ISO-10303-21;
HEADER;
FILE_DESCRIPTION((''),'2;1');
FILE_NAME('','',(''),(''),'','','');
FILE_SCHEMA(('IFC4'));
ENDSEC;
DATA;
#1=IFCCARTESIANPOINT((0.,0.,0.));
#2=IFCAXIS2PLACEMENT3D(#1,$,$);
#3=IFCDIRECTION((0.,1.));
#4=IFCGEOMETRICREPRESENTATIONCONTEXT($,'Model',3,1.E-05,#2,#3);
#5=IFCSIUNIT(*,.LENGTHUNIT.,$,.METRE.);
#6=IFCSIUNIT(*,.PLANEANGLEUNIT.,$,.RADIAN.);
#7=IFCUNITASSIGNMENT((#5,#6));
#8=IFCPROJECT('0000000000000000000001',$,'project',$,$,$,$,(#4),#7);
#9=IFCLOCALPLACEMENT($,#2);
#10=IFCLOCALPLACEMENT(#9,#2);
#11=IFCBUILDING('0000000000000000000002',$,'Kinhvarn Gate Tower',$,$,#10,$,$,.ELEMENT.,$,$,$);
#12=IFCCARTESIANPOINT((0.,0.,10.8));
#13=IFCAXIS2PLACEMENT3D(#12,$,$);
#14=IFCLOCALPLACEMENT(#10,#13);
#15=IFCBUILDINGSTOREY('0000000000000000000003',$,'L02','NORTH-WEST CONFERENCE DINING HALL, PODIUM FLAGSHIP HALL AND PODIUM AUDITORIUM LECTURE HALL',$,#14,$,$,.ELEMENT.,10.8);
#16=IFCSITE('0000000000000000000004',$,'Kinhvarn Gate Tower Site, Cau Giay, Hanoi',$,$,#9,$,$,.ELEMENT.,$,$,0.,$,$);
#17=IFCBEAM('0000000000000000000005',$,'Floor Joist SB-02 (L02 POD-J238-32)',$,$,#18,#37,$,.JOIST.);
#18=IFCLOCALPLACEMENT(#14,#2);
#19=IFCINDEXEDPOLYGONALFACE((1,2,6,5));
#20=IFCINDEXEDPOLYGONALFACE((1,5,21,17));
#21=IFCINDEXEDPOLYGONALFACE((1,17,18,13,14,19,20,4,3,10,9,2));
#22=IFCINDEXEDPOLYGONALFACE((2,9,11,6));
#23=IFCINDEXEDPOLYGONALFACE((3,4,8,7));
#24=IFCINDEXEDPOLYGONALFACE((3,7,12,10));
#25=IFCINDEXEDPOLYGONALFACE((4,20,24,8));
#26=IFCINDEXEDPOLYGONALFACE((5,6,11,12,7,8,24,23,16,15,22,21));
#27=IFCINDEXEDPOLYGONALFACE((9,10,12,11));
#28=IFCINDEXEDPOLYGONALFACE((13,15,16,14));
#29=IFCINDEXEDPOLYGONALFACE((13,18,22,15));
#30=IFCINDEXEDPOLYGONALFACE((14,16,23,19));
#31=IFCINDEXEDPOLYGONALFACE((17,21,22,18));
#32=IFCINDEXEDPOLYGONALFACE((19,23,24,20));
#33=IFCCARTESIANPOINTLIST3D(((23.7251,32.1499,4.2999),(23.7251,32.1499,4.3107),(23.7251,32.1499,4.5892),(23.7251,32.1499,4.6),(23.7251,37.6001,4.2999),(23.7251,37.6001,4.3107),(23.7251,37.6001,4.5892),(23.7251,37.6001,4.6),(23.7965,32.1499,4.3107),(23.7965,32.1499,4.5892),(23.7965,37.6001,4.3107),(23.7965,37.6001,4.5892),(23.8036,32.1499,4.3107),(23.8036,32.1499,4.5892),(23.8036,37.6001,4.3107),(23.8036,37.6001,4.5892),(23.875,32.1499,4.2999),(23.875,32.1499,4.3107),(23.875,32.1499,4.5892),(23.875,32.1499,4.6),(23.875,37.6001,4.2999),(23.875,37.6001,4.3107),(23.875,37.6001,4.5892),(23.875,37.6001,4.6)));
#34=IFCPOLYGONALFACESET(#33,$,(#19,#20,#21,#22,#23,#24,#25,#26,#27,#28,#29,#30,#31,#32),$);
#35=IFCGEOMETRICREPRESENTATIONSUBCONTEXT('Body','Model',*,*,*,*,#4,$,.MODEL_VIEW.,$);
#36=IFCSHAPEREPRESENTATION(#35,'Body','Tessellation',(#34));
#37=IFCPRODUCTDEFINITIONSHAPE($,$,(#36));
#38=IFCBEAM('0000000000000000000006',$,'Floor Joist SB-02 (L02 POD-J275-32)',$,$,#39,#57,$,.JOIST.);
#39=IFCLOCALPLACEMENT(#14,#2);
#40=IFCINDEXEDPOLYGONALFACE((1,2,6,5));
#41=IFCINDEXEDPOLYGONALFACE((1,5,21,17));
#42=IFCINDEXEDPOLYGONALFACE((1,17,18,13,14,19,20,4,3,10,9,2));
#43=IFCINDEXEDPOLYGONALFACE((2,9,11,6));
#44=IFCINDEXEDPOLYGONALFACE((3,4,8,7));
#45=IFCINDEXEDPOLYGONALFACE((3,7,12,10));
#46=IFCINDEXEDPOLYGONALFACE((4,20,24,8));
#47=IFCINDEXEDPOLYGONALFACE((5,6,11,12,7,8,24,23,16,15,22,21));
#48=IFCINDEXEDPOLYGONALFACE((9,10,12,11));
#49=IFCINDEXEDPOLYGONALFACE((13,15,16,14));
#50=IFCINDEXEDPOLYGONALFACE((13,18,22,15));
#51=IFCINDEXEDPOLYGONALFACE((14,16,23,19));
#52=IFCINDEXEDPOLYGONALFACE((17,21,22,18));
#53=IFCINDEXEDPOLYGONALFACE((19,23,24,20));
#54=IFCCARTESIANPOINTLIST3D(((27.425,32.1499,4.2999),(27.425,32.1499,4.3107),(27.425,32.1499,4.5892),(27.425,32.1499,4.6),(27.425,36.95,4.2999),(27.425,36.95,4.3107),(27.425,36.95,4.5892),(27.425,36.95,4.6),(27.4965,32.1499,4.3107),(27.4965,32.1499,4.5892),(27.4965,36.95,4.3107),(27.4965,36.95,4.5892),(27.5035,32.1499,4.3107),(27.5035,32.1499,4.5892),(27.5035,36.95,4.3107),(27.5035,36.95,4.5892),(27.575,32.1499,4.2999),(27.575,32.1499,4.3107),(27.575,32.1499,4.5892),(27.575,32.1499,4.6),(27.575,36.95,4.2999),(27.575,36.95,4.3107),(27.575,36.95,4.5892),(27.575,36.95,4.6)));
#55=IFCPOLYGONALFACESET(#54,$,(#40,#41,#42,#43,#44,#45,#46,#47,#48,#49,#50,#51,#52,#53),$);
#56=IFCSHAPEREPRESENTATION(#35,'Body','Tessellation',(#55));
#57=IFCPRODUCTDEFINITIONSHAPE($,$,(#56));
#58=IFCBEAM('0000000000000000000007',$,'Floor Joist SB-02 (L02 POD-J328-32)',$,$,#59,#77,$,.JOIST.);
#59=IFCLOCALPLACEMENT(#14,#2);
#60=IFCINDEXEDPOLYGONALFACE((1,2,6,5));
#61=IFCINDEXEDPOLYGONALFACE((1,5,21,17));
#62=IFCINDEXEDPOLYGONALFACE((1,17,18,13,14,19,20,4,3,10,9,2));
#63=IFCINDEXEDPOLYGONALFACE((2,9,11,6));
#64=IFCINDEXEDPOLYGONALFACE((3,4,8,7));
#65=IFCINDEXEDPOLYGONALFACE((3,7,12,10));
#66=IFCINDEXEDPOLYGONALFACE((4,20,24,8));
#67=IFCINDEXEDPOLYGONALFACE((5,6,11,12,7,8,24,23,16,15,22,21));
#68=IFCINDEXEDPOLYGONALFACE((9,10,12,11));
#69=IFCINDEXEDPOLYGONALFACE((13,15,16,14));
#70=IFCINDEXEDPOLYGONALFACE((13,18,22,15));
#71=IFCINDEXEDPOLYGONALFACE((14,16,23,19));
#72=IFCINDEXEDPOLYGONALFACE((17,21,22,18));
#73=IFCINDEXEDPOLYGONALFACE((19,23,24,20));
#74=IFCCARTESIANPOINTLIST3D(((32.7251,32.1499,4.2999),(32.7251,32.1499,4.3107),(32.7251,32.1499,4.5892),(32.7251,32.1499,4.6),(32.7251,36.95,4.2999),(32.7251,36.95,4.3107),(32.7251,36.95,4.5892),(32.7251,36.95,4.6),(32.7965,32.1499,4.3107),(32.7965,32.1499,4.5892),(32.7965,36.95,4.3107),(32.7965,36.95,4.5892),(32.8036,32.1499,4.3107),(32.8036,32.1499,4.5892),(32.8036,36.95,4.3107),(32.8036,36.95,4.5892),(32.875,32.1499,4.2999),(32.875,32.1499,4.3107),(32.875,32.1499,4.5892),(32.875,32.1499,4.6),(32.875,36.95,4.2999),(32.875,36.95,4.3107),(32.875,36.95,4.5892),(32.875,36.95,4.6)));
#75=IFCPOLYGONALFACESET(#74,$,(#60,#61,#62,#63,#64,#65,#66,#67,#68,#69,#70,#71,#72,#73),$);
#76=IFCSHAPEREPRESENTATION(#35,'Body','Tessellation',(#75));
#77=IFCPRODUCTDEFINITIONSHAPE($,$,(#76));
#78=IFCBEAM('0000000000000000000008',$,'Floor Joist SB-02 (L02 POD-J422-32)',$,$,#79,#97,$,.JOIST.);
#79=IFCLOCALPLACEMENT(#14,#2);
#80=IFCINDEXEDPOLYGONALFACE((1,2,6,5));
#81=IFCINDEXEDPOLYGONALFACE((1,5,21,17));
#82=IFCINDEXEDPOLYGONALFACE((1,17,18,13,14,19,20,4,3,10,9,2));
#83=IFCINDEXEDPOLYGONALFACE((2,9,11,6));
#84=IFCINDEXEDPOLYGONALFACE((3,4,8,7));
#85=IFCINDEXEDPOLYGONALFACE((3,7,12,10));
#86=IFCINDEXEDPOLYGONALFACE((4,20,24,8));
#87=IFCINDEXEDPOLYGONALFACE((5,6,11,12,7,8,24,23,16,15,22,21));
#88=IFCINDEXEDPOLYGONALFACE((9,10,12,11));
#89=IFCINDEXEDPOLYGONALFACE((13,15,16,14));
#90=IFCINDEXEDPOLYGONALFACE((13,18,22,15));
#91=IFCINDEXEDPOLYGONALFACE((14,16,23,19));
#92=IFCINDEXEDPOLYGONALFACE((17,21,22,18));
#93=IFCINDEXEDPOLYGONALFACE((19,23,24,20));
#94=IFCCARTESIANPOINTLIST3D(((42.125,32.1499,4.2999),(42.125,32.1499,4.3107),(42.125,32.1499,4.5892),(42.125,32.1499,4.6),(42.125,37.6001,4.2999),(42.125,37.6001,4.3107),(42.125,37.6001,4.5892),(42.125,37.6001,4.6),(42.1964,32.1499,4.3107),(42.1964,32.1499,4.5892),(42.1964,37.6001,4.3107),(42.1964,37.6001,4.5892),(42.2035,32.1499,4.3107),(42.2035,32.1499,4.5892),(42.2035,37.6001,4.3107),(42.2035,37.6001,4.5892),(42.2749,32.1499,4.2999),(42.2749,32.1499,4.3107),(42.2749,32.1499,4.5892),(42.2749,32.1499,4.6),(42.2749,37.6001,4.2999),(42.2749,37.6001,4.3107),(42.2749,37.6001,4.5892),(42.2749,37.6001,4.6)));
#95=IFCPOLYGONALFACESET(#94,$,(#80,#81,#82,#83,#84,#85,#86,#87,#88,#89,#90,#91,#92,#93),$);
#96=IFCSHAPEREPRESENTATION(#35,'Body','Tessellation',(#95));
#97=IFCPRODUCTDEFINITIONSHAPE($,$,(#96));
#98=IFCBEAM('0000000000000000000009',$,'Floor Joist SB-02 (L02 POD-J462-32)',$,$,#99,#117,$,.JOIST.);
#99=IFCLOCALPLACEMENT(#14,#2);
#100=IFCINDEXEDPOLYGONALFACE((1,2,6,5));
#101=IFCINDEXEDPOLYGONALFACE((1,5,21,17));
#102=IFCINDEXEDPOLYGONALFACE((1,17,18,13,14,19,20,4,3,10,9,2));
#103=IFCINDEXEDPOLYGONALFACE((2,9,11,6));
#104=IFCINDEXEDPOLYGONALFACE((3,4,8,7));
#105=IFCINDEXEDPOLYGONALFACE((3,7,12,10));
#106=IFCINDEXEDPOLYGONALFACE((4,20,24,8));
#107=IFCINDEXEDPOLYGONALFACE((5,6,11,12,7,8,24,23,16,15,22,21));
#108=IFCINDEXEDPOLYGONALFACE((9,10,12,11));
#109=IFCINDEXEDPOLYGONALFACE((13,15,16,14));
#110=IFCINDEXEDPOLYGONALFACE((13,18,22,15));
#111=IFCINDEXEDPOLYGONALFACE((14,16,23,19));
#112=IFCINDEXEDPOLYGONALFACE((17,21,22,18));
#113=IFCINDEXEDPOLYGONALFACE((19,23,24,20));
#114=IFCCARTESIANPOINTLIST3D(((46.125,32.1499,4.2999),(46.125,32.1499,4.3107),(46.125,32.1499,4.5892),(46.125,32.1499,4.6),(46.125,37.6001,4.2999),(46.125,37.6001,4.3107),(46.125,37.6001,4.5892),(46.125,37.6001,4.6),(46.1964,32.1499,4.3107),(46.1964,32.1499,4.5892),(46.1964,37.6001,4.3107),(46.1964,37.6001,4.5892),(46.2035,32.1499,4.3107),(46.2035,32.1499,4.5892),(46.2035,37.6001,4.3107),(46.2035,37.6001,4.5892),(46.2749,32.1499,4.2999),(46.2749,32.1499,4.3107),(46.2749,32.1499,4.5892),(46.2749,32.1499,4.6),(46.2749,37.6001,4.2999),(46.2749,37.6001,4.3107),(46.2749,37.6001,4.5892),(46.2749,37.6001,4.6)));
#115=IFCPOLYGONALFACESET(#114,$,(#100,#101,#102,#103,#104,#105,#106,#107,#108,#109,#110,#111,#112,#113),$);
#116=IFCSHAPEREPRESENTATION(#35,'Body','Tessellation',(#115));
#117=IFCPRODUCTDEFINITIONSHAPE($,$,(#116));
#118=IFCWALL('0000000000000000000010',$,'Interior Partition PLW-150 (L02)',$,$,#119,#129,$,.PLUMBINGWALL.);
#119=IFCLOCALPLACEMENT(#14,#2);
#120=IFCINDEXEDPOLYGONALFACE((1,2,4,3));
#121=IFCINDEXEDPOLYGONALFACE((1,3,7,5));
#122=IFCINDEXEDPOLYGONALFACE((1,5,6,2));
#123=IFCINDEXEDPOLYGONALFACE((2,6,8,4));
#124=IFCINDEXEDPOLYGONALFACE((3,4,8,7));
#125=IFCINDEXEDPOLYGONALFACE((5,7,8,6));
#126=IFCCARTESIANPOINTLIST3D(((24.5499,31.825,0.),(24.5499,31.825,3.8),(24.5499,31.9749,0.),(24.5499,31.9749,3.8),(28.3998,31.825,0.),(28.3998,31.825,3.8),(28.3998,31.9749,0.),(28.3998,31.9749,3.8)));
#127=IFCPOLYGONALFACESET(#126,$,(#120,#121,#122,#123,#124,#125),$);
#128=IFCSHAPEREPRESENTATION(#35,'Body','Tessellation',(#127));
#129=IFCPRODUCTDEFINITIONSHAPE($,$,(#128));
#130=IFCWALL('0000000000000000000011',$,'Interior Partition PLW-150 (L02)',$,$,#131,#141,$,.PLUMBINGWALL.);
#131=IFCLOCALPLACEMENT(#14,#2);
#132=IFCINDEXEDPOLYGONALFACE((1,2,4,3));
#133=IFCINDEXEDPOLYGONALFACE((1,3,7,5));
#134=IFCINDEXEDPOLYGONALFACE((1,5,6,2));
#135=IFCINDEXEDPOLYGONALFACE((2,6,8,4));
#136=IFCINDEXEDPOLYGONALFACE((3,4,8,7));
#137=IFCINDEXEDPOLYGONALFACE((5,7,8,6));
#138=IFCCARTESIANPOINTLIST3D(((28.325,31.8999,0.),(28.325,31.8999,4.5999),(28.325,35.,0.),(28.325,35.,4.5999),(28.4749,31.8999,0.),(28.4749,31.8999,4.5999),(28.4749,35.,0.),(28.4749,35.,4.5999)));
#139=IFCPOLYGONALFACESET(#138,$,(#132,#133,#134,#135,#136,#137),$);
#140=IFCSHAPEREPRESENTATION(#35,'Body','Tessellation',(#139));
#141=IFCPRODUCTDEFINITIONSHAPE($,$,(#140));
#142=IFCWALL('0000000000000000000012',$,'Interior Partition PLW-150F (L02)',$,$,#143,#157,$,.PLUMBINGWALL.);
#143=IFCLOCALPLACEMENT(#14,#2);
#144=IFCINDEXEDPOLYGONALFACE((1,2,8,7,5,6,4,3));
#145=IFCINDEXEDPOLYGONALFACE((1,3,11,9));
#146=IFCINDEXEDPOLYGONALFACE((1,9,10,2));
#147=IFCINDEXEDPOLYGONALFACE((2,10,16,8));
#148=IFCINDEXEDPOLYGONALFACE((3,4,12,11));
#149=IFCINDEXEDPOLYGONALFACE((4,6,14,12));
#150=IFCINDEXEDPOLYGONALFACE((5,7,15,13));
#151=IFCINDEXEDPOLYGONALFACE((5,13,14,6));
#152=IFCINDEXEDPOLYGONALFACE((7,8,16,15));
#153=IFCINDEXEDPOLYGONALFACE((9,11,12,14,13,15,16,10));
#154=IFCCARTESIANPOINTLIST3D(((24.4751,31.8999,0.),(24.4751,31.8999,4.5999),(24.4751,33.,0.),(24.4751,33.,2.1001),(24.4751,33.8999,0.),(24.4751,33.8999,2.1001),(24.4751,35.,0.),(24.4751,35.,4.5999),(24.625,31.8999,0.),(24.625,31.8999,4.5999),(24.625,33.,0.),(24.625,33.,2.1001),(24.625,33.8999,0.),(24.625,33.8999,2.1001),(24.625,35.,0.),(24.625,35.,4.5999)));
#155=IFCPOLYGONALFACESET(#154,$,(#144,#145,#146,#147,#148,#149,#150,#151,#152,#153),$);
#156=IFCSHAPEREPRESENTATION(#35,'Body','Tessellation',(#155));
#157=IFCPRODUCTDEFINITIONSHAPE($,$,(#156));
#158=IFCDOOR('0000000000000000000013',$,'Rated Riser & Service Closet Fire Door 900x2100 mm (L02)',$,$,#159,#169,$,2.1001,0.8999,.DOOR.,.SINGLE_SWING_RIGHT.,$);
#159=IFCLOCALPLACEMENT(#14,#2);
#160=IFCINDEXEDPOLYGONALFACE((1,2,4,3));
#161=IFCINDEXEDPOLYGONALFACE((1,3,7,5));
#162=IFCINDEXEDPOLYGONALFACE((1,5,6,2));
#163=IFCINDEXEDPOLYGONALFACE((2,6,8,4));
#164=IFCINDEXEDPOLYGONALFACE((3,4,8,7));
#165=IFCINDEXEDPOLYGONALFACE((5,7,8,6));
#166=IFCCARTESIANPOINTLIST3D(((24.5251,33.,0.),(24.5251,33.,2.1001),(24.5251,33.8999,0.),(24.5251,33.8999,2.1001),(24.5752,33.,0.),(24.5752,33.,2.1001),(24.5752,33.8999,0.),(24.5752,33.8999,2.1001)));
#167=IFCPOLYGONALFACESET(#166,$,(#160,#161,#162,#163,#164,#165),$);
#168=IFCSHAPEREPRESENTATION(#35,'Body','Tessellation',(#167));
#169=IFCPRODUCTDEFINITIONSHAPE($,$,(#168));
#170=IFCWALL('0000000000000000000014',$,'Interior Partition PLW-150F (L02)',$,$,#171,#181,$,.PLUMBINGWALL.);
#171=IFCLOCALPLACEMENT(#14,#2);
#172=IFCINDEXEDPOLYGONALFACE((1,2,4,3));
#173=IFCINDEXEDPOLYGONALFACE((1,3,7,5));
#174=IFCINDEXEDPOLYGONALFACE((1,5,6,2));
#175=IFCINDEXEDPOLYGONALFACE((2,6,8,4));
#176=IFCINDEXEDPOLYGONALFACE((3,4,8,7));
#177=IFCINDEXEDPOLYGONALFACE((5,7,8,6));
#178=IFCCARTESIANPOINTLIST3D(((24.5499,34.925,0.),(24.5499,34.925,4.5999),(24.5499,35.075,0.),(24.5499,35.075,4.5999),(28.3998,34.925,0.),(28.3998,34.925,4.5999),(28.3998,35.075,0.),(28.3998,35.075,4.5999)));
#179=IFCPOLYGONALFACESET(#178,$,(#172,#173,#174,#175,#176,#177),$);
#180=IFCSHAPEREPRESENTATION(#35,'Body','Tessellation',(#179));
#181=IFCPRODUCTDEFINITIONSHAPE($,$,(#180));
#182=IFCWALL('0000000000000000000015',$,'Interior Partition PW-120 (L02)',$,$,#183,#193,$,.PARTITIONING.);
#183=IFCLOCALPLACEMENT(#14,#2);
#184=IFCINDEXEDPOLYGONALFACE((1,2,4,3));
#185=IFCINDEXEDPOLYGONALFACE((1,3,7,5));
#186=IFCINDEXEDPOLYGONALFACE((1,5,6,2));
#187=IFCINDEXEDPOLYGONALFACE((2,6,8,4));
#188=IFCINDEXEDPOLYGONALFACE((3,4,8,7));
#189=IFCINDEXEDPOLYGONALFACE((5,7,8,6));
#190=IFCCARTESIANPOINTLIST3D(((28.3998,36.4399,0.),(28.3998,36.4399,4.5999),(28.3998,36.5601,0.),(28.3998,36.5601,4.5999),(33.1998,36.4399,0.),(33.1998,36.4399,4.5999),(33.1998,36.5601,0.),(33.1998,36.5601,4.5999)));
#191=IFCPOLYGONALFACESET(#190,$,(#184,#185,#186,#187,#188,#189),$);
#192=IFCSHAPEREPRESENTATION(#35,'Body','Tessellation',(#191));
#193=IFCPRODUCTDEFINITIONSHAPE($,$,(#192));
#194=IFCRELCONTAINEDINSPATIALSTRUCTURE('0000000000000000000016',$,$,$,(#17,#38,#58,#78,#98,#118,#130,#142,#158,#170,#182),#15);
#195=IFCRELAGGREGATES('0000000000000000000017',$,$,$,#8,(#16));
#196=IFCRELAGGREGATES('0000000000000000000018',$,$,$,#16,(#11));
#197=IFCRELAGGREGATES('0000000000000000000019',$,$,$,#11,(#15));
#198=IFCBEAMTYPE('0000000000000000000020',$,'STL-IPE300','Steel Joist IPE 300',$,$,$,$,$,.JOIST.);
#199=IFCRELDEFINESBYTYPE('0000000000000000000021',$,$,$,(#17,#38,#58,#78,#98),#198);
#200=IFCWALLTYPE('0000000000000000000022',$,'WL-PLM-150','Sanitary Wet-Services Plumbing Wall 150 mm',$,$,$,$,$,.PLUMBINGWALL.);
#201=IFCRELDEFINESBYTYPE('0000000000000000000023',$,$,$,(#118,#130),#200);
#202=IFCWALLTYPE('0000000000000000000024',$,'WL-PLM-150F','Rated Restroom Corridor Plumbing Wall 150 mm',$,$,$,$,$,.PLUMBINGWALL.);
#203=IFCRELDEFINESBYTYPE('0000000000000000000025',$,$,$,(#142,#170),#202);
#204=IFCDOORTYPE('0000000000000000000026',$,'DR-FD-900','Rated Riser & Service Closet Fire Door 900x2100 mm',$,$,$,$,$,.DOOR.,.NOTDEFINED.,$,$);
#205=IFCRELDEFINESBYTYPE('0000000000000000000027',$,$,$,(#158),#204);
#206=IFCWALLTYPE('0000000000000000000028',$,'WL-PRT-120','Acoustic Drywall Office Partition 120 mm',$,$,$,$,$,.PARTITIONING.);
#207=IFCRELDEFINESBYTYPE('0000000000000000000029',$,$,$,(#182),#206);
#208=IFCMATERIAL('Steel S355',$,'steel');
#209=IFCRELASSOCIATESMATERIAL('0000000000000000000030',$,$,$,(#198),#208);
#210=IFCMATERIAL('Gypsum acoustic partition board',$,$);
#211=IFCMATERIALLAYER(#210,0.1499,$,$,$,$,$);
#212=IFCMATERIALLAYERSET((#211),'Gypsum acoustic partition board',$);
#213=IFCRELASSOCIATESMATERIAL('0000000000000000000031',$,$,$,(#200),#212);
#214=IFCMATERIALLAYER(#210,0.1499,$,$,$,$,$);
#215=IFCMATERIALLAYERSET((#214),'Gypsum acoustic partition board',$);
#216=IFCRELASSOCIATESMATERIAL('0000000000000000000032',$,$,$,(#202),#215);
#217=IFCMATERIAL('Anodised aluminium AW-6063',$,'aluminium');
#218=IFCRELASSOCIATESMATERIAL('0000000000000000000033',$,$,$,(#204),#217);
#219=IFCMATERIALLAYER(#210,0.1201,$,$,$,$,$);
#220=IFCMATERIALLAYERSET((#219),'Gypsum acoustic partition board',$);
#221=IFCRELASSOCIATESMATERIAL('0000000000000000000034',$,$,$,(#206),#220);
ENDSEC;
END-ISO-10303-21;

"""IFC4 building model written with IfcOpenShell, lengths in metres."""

from ifc_helpers import new_model, si_unit, direction, frame, frame_2d, origin, origin_2d, place, context, subcontext, project, spatial, rectangle, i_section, extrude, material, layer, layer_set, material_profile, profile_set, type_object, element, fill, save


model = new_model("IFC4")

# Units and contexts
model_context = context("Model", 3, precision=1e-05, world=origin(), true_north=direction((0.0, 1.0)))
body_context = subcontext(model_context, "Body", "Model", "MODEL_VIEW")
ifc_project = project(units=[si_unit("LENGTHUNIT", "METRE"), si_unit("PLANEANGLEUNIT", "RADIAN")], contexts=[model_context])

# Site, building, storey
site_placement = place(None, origin())
site = spatial("IfcSite", under=ifc_project, at=site_placement, Name="Kinhvarn Gate Tower Site, Cau Giay, Hanoi", CompositionType="ELEMENT", RefElevation=0.0)
building_placement = place(site_placement, origin())
building = spatial("IfcBuilding", under=site, at=building_placement, Name="Kinhvarn Gate Tower", CompositionType="ELEMENT")
storey_placement = place(building_placement, frame((0.0, 0.0, 10.8)))
storey = spatial("IfcBuildingStorey", under=building, at=storey_placement, Name="L02", Description="NORTH-WEST CONFERENCE DINING HALL, PODIUM FLAGSHIP HALL AND PODIUM AUDITORIUM LECTURE HALL", CompositionType="ELEMENT", Elevation=10.8)

# Beams
ifc_material_1 = material(Name="Steel S355", Category="steel")
ifc_material_profile_1 = material_profile(ifc_material_1, i_section(OverallWidth=0.1499, OverallDepth=0.3, WebThickness=0.0071, FlangeThickness=0.0107, at=origin_2d()), Name="IPE 300")
ifc_profile_set_1 = profile_set([ifc_material_profile_1], Name="Steel S355")
beam_type_1 = type_object("IfcBeamType", Name="STL-IPE300", Description="Steel Joist IPE 300", PredefinedType="JOIST", material=ifc_profile_set_1)
beam_1_placement = place(storey_placement, frame((23.8, 32.1499, 4.45), z_axis=(0.0, 1.0, 0.0), x_axis=(-1.0, 0.0, 0.0)))
element("IfcBeam", 1, at=beam_1_placement, inside=storey, type_object=beam_type_1, Name="Floor Joist SB-02 (L02 POD-J238-32)", PredefinedType="JOIST", context=body_context, shape_type="SweptSolid", body=[
    extrude(i_section(OverallWidth=0.1499, OverallDepth=0.3, WebThickness=0.0071, FlangeThickness=0.0107, at=origin_2d()), origin(), (0.0, 0.0, 1.0), 5.4502),
])
for number, where, z_axis, x_axis, name in (
    (2, (27.5, 32.1499, 4.45), (0.0, 1.0, 0.0), (-1.0, 0.0, 0.0), "Floor Joist SB-02 (L02 POD-J275-32)"),
    (3, (32.8, 32.1499, 4.45), (0.0, 1.0, 0.0), (-1.0, 0.0, 0.0), "Floor Joist SB-02 (L02 POD-J328-32)"),
):
    element("IfcBeam", number, at=place(storey_placement, frame(where, z_axis=z_axis, x_axis=x_axis)), inside=storey, type_object=beam_type_1, Name=name, PredefinedType="JOIST", context=body_context, shape_type="SweptSolid", body=[
        extrude(i_section(OverallWidth=0.1499, OverallDepth=0.3, WebThickness=0.0071, FlangeThickness=0.0107, at=origin_2d()), origin(), (0.0, 0.0, 1.0), 4.8),
    ])
for number, where, z_axis, x_axis, name in (
    (4, (42.2, 32.1499, 4.45), (0.0, 1.0, 0.0), (-1.0, 0.0, 0.0), "Floor Joist SB-02 (L02 POD-J422-32)"),
    (5, (46.2, 32.1499, 4.45), (0.0, 1.0, 0.0), (-1.0, 0.0, 0.0), "Floor Joist SB-02 (L02 POD-J462-32)"),
):
    element("IfcBeam", number, at=place(storey_placement, frame(where, z_axis=z_axis, x_axis=x_axis)), inside=storey, type_object=beam_type_1, Name=name, PredefinedType="JOIST", context=body_context, shape_type="SweptSolid", body=[
        extrude(i_section(OverallWidth=0.1499, OverallDepth=0.3, WebThickness=0.0071, FlangeThickness=0.0107, at=origin_2d()), origin(), (0.0, 0.0, 1.0), 5.4502),
    ])

# Walls
ifc_material_2 = material(Name="Gypsum acoustic partition board")
ifc_layer_1 = layer(ifc_material_2, 0.1499)
ifc_layer_set_1 = layer_set([ifc_layer_1], Name="Gypsum acoustic partition board")
wall_type_1 = type_object("IfcWallType", Name="WL-PLM-150", Description="Sanitary Wet-Services Plumbing Wall 150 mm", PredefinedType="PLUMBINGWALL", material=ifc_layer_set_1)
wall_1_placement = place(storey_placement, frame((24.55, 31.8999, 0.0), z_axis=(0.0, 0.0, 1.0), x_axis=(1.0, 0.0, 0.0)))
element("IfcWall", 6, at=wall_1_placement, inside=storey, type_object=wall_type_1, Name="Interior Partition PLW-150 (L02)", PredefinedType="PLUMBINGWALL", context=body_context, shape_type="SweptSolid", body=[
    extrude(rectangle(XDim=3.8499, YDim=0.1499, at=frame_2d((1.9248, 0.0))), origin(), (0.0, 0.0, 1.0), 3.8),
])
wall_2_placement = place(storey_placement, frame((28.3999, 31.8999, 0.0), z_axis=(0.0, 0.0, 1.0), x_axis=(0.0, 1.0, 0.0)))
element("IfcWall", 7, at=wall_2_placement, inside=storey, type_object=wall_type_1, Name="Interior Partition PLW-150 (L02)", PredefinedType="PLUMBINGWALL", context=body_context, shape_type="SweptSolid", body=[
    extrude(rectangle(XDim=3.1001, YDim=0.1499, at=frame_2d((1.55, 0.0))), origin(), (0.0, 0.0, 1.0), 4.5999),
])

# Wall, opening, door
ifc_layer_2 = layer(ifc_material_2, 0.1499)
ifc_layer_set_2 = layer_set([ifc_layer_2], Name="Gypsum acoustic partition board")
wall_type_2 = type_object("IfcWallType", Name="WL-PLM-150F", Description="Rated Restroom Corridor Plumbing Wall 150 mm", PredefinedType="PLUMBINGWALL", material=ifc_layer_set_2)
wall_3_placement = place(storey_placement, frame((24.55, 31.8999, 0.0), z_axis=(0.0, 0.0, 1.0), x_axis=(0.0, 1.0, 0.0)))
wall_3 = element("IfcWall", 8, at=wall_3_placement, inside=storey, type_object=wall_type_2, Name="Interior Partition PLW-150F (L02)", PredefinedType="PLUMBINGWALL", context=body_context, shape_type="SweptSolid", body=[
    extrude(rectangle(XDim=3.1001, YDim=0.1499, at=frame_2d((1.55, 0.0))), origin(), (0.0, 0.0, 1.0), 4.5999),
])
opening_1_placement = place(wall_3_placement, frame((1.1001, 0.0, 0.0)))
opening_1 = element("IfcOpeningElement", 9, at=opening_1_placement, cuts=wall_3, PredefinedType="OPENING", context=body_context, shape_type="SweptSolid", body=[
    extrude(rectangle(XDim=0.8999, YDim=2.1001, at=frame_2d((0.45, 1.05))), frame((0.0, 0.085, 0.0), z_axis=(0.0, -1.0, 0.0), x_axis=(1.0, 0.0, 0.0)), (0.0, 0.0, 1.0), 0.1699),
])
ifc_material_3 = material(Name="Anodised aluminium AW-6063", Category="aluminium")
door_type_1 = type_object("IfcDoorType", Name="DR-FD-900", Description="Rated Riser & Service Closet Fire Door 900x2100 mm", OperationType="NOTDEFINED", PredefinedType="DOOR", material=ifc_material_3)
door_1_placement = place(opening_1_placement, origin())
door_1 = element("IfcDoor", 10, at=door_1_placement, inside=storey, type_object=door_type_1, Name="Rated Riser & Service Closet Fire Door 900x2100 mm (L02)", OperationType="SINGLE_SWING_RIGHT", OverallHeight=2.1001, OverallWidth=0.8999, PredefinedType="DOOR", context=body_context, shape_type="SweptSolid", body=[
    extrude(rectangle(XDim=0.8999, YDim=2.1001, at=frame_2d((0.45, 1.05))), frame((0.0, 0.0249, 0.0), z_axis=(0.0, -1.0, 0.0), x_axis=(1.0, 0.0, 0.0)), (0.0, 0.0, 1.0), 0.05),
])
fill(opening_1, door_1)

# Walls
wall_4_placement = place(storey_placement, frame((24.55, 35.0, 0.0), z_axis=(0.0, 0.0, 1.0), x_axis=(1.0, 0.0, 0.0)))
element("IfcWall", 11, at=wall_4_placement, inside=storey, type_object=wall_type_2, Name="Interior Partition PLW-150F (L02)", PredefinedType="PLUMBINGWALL", context=body_context, shape_type="SweptSolid", body=[
    extrude(rectangle(XDim=3.8499, YDim=0.1499, at=frame_2d((1.9248, 0.0))), origin(), (0.0, 0.0, 1.0), 4.5999),
])
ifc_layer_3 = layer(ifc_material_2, 0.1201)
ifc_layer_set_3 = layer_set([ifc_layer_3], Name="Gypsum acoustic partition board")
wall_type_3 = type_object("IfcWallType", Name="WL-PRT-120", Description="Acoustic Drywall Office Partition 120 mm", PredefinedType="PARTITIONING", material=ifc_layer_set_3)
wall_5_placement = place(storey_placement, frame((28.3999, 36.5, 0.0), z_axis=(0.0, 0.0, 1.0), x_axis=(1.0, 0.0, 0.0)))
element("IfcWall", 12, at=wall_5_placement, inside=storey, type_object=wall_type_3, Name="Interior Partition PW-120 (L02)", PredefinedType="PARTITIONING", context=body_context, shape_type="SweptSolid", body=[
    extrude(rectangle(XDim=4.8, YDim=0.1201, at=frame_2d((2.3999, 0.0))), origin(), (0.0, 0.0, 1.0), 4.5999),
])

save(model, "model.ifc")
